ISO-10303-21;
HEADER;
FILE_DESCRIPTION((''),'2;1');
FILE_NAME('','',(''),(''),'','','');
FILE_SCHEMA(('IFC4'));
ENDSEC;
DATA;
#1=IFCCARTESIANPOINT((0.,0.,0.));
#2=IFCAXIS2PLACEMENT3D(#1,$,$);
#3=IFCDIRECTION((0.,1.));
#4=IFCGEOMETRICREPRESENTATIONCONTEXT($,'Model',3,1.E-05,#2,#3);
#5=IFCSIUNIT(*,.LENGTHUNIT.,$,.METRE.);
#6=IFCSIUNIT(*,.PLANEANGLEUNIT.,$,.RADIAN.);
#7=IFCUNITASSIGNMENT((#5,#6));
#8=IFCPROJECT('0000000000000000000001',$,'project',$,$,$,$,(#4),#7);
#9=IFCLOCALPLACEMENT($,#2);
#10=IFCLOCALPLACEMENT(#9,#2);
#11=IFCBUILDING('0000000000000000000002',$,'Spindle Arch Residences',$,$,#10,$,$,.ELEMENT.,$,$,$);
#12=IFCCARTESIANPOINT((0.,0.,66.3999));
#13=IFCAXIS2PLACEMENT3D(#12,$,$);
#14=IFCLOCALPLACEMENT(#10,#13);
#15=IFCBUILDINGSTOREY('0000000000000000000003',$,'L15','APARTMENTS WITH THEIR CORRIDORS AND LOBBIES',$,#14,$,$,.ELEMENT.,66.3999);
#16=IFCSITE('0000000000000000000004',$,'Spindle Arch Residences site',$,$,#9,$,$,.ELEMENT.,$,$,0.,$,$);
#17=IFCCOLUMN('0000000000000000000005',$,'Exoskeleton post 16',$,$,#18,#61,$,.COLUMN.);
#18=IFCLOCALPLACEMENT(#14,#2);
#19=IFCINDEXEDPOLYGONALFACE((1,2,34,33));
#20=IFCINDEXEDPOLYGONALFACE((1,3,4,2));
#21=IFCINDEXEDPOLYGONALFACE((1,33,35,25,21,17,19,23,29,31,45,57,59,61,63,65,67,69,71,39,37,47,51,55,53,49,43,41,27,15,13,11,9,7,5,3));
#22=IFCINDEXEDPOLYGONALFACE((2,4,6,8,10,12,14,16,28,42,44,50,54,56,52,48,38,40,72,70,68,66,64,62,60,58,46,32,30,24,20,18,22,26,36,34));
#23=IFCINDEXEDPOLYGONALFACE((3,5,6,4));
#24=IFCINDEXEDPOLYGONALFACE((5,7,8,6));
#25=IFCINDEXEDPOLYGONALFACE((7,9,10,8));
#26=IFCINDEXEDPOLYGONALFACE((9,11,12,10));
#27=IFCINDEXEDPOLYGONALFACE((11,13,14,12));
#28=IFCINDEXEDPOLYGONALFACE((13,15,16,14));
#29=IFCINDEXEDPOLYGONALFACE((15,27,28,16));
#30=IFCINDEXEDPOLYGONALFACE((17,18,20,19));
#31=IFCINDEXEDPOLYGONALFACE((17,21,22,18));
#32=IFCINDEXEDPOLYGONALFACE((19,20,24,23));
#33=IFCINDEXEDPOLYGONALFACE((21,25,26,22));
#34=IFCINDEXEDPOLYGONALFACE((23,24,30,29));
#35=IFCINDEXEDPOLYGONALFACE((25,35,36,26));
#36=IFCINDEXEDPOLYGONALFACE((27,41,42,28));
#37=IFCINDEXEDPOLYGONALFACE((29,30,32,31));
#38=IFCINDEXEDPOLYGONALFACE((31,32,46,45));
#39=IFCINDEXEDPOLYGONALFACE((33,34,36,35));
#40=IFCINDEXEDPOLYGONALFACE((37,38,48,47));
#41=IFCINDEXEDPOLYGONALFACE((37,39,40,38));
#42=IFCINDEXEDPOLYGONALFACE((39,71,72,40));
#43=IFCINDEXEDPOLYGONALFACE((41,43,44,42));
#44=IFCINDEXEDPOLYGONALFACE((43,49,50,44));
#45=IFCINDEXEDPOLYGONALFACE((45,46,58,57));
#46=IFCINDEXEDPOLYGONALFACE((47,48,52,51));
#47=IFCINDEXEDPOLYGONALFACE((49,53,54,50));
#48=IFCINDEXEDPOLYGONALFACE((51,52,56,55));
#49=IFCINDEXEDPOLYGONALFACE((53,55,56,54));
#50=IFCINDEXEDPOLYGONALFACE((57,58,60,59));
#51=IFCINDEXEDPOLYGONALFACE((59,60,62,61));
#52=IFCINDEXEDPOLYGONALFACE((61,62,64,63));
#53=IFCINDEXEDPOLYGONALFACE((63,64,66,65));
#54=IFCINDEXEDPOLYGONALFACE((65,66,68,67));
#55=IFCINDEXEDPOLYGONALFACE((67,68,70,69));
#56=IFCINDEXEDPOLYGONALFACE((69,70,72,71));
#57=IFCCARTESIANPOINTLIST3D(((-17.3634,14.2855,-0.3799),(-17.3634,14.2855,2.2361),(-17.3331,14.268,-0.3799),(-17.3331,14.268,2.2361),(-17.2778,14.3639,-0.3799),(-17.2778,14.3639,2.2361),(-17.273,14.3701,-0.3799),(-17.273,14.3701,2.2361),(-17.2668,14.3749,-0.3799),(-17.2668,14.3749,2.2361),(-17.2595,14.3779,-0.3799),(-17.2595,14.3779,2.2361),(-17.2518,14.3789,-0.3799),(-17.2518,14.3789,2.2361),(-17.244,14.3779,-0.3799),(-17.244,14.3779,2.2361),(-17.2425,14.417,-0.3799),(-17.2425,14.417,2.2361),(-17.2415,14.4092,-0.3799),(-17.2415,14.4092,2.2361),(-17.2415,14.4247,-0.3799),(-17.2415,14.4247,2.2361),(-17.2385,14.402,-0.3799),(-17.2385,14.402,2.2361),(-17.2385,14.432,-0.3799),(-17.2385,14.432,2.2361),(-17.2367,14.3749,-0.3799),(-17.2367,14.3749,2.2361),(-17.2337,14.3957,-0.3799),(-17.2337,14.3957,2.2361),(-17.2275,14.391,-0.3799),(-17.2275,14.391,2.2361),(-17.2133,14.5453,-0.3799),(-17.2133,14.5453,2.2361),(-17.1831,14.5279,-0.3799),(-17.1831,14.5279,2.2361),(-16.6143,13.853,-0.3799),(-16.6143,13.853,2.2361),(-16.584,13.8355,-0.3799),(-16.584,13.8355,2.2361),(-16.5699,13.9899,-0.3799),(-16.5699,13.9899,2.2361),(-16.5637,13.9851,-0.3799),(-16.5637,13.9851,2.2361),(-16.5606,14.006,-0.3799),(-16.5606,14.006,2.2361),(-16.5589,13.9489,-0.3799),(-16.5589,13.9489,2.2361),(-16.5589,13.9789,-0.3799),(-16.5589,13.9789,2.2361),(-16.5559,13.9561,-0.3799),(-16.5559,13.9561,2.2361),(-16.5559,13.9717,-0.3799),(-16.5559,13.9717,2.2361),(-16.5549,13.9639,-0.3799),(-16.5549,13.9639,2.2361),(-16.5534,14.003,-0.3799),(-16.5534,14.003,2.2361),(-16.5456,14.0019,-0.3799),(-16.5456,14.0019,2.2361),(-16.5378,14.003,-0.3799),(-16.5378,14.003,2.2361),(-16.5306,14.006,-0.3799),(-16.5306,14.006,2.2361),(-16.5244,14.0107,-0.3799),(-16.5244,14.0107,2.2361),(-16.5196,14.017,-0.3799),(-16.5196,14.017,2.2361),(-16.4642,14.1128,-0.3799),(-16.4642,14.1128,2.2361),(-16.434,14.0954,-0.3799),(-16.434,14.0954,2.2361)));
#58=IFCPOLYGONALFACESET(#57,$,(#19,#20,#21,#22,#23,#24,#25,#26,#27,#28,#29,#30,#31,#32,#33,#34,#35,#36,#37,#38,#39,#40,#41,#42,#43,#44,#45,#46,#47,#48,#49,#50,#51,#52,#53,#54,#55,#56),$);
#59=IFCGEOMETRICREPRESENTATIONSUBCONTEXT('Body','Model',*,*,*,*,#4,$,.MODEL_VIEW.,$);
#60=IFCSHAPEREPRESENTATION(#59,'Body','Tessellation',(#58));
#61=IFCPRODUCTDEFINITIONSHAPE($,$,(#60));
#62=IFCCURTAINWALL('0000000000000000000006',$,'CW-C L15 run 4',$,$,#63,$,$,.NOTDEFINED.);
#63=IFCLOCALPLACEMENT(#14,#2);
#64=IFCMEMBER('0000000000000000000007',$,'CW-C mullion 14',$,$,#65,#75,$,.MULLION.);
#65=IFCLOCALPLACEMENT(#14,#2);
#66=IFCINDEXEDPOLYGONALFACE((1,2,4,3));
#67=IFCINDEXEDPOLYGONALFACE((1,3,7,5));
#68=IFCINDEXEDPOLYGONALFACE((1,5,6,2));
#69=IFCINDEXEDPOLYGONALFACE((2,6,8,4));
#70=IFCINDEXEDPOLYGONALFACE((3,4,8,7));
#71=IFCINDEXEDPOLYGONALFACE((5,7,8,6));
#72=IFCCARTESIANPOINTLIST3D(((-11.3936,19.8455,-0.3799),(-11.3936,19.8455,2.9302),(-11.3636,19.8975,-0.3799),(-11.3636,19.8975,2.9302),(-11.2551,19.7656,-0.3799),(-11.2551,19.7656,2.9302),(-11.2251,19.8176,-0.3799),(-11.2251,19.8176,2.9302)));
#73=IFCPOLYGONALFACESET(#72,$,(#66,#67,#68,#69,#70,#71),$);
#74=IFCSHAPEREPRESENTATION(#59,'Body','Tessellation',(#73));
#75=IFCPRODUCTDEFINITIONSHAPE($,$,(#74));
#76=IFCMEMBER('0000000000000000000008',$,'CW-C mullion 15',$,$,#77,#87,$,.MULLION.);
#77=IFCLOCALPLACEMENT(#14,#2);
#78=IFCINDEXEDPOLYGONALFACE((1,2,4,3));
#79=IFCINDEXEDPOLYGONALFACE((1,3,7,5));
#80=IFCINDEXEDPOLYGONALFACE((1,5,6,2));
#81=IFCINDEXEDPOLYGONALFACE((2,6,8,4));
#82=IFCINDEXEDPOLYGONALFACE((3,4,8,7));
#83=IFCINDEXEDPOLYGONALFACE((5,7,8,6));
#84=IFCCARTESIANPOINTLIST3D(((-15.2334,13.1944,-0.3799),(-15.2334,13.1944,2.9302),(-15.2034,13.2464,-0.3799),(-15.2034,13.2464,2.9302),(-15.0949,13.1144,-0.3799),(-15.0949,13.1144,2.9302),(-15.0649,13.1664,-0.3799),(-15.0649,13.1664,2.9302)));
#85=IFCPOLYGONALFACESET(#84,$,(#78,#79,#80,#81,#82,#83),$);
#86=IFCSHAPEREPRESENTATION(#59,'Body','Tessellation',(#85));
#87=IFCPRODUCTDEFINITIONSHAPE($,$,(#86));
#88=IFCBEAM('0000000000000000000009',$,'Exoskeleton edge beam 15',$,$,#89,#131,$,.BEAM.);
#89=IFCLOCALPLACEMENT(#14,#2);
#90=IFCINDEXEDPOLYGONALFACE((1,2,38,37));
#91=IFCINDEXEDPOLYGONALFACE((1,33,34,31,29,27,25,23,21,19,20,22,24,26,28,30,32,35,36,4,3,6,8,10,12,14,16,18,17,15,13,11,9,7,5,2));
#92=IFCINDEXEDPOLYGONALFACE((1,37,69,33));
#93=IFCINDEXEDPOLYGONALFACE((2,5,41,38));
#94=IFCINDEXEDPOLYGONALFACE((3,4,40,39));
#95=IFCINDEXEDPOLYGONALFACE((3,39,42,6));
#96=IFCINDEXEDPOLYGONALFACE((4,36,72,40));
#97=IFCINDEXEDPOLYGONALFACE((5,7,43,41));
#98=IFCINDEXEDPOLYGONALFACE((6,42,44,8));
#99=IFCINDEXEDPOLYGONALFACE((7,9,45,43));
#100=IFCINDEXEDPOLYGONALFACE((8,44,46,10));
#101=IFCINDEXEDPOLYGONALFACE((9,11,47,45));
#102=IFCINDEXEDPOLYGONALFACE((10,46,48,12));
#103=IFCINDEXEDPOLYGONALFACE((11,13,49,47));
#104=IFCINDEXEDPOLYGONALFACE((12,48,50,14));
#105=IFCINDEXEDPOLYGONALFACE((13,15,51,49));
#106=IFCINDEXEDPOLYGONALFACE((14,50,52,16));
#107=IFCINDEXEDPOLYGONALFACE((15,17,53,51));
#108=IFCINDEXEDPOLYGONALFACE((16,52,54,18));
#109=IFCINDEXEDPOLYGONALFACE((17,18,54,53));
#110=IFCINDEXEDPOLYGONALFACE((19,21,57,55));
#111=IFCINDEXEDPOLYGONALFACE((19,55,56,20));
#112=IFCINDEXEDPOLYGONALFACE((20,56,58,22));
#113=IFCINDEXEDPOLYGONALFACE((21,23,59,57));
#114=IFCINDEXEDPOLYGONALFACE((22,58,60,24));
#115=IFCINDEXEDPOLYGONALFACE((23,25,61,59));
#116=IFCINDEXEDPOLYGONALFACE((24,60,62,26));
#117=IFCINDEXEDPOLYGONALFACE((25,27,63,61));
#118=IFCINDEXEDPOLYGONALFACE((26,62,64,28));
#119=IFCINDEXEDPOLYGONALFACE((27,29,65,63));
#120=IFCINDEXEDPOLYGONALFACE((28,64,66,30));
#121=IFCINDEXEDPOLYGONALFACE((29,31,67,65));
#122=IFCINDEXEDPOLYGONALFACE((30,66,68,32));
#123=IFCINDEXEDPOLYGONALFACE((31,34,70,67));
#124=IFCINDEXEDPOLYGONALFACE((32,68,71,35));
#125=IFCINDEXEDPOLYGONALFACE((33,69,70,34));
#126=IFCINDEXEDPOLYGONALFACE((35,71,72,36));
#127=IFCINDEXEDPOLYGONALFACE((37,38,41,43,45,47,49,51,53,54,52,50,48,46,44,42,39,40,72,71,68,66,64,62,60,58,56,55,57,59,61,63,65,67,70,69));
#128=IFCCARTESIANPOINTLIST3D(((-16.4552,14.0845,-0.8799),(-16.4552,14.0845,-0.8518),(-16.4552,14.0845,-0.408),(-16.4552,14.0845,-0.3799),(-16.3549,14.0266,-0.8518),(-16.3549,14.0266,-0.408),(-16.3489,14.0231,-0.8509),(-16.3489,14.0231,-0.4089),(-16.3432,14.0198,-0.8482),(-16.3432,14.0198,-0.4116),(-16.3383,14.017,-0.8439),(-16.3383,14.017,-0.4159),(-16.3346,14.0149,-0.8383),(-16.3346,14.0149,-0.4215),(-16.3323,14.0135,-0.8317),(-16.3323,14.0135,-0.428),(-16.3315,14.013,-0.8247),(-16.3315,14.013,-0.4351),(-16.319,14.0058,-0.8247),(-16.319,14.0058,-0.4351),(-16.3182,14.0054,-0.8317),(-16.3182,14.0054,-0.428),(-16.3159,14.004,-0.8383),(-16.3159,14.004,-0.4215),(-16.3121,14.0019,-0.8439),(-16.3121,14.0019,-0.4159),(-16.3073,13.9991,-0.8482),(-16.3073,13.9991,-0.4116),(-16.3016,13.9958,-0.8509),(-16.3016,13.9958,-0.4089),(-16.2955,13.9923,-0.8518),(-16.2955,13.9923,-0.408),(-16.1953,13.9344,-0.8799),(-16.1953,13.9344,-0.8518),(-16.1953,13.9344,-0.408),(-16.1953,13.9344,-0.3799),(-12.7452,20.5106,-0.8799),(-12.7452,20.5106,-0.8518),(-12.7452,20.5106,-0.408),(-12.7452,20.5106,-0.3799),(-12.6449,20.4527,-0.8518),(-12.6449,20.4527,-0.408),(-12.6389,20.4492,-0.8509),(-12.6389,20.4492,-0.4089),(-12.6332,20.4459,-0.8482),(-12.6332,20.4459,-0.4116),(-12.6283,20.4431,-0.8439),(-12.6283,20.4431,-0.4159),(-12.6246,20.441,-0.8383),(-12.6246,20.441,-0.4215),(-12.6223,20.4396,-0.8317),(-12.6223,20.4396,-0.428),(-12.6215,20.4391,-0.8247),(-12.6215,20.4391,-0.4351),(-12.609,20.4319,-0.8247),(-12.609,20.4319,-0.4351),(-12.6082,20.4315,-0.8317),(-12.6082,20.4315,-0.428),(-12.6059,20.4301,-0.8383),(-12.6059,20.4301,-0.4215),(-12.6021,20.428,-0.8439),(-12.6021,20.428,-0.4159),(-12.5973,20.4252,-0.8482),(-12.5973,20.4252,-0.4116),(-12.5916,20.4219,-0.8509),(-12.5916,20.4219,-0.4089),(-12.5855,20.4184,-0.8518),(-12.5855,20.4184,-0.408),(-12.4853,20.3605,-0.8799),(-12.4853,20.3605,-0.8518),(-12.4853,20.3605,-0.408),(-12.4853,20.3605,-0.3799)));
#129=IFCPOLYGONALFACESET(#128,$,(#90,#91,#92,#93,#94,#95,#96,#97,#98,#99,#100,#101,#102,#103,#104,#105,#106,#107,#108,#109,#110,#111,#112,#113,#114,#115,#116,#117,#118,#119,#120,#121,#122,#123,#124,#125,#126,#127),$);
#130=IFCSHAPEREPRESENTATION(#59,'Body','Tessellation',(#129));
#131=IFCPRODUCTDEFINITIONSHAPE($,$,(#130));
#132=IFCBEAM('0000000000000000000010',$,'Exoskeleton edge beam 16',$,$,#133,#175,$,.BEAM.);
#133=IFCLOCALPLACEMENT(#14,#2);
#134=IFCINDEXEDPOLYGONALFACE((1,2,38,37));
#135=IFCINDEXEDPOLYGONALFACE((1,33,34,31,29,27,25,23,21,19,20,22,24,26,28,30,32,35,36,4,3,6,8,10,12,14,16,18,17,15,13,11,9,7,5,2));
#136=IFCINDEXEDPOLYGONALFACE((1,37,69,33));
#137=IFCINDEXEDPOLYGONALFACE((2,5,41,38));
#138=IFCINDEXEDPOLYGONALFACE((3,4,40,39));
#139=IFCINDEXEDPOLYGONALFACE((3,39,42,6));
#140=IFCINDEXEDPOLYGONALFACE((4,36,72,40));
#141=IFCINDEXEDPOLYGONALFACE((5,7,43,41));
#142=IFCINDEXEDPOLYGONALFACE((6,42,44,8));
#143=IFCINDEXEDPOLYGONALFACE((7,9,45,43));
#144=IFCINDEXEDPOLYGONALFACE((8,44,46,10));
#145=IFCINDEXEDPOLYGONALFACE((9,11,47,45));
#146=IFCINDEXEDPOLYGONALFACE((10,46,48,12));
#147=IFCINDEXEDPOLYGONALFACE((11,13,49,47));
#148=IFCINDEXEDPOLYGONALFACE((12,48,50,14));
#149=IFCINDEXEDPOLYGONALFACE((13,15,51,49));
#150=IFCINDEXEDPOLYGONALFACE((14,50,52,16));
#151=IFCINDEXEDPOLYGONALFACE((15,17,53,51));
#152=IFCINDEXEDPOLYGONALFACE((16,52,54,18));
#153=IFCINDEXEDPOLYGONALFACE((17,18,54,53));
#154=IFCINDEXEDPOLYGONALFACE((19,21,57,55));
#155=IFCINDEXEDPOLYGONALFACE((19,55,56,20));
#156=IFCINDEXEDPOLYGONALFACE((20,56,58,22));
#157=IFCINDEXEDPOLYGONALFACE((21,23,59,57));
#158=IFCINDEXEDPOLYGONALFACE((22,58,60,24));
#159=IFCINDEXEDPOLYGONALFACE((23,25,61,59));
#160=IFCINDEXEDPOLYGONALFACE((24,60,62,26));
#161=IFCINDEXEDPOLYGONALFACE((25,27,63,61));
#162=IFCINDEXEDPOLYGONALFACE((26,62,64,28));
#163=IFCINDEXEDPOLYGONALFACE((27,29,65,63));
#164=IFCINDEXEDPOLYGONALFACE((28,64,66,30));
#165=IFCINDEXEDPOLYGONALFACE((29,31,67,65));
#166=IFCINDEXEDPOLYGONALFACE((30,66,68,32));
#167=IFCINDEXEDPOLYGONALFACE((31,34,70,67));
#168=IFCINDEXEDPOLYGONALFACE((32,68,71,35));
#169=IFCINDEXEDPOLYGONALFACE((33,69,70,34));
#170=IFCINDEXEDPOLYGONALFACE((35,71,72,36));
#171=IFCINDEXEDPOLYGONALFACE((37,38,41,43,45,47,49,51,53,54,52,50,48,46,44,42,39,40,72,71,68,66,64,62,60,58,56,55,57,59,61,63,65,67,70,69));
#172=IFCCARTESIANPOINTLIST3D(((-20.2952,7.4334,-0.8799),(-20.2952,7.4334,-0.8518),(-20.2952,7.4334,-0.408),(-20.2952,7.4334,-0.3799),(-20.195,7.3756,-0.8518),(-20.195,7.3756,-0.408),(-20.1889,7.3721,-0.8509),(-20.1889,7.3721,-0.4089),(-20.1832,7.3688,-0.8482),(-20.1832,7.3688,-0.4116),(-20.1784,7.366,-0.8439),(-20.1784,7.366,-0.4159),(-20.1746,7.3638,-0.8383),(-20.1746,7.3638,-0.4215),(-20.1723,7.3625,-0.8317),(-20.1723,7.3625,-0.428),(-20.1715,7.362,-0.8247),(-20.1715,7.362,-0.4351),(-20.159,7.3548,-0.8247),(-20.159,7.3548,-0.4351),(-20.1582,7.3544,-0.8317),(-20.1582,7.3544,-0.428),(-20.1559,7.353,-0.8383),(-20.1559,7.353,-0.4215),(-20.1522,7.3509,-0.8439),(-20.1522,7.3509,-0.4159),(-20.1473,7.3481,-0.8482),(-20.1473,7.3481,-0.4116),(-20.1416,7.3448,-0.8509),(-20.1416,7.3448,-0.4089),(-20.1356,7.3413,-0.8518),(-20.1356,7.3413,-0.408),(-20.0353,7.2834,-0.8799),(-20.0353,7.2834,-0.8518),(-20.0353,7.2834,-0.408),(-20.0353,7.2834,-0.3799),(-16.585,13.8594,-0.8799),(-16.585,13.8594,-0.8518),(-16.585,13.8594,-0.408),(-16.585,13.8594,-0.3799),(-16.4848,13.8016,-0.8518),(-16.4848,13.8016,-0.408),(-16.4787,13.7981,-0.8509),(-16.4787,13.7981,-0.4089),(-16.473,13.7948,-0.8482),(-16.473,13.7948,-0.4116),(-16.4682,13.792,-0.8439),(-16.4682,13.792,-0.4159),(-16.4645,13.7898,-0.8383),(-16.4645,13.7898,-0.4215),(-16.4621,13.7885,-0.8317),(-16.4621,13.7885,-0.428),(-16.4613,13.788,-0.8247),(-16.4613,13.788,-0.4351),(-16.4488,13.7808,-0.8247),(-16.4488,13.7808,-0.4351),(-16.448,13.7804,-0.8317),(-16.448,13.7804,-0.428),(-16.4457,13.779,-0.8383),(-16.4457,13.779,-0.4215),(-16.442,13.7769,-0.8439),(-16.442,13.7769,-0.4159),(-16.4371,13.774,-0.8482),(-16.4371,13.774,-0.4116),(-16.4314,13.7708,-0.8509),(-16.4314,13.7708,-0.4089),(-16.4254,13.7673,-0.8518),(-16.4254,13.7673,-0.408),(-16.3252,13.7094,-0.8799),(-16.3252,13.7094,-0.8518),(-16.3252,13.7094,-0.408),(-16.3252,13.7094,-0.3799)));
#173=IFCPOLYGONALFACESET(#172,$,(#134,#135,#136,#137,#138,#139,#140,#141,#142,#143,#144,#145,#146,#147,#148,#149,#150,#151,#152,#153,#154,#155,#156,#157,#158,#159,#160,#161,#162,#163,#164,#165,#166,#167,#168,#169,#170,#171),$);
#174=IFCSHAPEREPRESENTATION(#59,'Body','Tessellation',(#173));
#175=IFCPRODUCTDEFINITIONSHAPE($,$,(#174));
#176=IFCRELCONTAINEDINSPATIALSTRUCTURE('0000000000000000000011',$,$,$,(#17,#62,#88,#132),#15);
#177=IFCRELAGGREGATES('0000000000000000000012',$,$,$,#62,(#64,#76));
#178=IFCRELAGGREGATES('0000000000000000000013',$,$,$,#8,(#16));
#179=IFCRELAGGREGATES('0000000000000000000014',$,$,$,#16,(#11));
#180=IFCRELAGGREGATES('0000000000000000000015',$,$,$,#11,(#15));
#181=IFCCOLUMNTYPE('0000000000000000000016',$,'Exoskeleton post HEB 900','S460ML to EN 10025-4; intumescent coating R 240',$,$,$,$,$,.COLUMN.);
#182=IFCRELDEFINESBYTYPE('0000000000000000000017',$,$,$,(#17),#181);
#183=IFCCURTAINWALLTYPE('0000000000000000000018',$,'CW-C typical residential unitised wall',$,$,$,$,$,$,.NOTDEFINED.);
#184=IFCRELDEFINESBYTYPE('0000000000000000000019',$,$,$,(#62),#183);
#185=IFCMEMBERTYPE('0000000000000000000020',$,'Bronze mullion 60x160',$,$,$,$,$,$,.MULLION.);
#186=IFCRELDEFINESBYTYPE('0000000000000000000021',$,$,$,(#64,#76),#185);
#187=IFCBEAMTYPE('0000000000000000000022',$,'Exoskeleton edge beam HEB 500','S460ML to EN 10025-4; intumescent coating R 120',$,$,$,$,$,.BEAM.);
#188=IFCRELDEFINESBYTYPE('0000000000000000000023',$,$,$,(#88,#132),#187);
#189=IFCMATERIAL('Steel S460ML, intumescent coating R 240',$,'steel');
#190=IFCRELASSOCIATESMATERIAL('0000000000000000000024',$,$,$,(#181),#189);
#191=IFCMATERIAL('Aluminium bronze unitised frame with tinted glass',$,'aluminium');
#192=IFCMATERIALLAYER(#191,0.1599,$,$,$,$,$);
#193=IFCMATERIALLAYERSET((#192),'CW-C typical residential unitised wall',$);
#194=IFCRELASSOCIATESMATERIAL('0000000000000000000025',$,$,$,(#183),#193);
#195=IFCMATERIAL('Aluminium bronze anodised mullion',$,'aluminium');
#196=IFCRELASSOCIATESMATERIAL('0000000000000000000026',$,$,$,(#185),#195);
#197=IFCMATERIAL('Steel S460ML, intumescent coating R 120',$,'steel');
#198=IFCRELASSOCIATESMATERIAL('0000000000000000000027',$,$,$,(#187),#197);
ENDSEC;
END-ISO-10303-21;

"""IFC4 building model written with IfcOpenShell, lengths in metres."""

from ifc_helpers import new_model, si_unit, direction, frame, origin, origin_2d, place, context, subcontext, project, spatial, rectangle, i_section, extrude, material, layer, layer_set, material_profile, profile_set, type_object, element, aggregate, save


model = new_model("IFC4")

# Units and contexts
model_context = context("Model", 3, precision=1e-05, world=origin(), true_north=direction((0.0, 1.0)))
body_context = subcontext(model_context, "Body", "Model", "MODEL_VIEW")
ifc_project = project(units=[si_unit("LENGTHUNIT", "METRE"), si_unit("PLANEANGLEUNIT", "RADIAN")], contexts=[model_context])

# Site, building, storey
site_placement = place(None, origin())
site = spatial("IfcSite", under=ifc_project, at=site_placement, Name="Spindle Arch Residences site", CompositionType="ELEMENT", RefElevation=0.0)
building_placement = place(site_placement, origin())
building = spatial("IfcBuilding", under=site, at=building_placement, Name="Spindle Arch Residences", CompositionType="ELEMENT")
storey_placement = place(building_placement, frame((0.0, 0.0, 66.3999)))
storey = spatial("IfcBuildingStorey", under=building, at=storey_placement, Name="L15", Description="APARTMENTS WITH THEIR CORRIDORS AND LOBBIES", CompositionType="ELEMENT", Elevation=66.3999)

# Column
ifc_material_1 = material(Name="Steel S460ML, intumescent coating R 240", Category="steel")
ifc_material_profile_1 = material_profile(ifc_material_1, i_section(OverallWidth=0.3, OverallDepth=0.8999, WebThickness=0.0186, FlangeThickness=0.0349, FilletRadius=0.03, at=origin_2d()), Name="HEB 900")
ifc_profile_set_1 = profile_set([ifc_material_profile_1], Name="Steel S460ML, intumescent coating R 240")
column_type = type_object("IfcColumnType", Name="Exoskeleton post HEB 900", Description="S460ML to EN 10025-4; intumescent coating R 240", PredefinedType="COLUMN", material=ifc_profile_set_1)
column_placement = place(storey_placement, frame((-16.8987, 14.1904, -0.3799), z_axis=(0.0, 0.0, 1.0), x_axis=(0.5, 0.866025, 0.0)))
element("IfcColumn", 1, at=column_placement, inside=storey, type_object=column_type, Name="Exoskeleton post 16", PredefinedType="COLUMN", context=body_context, shape_type="SweptSolid", body=[
    extrude(i_section(OverallWidth=0.3, OverallDepth=0.8999, WebThickness=0.0186, FlangeThickness=0.0349, FilletRadius=0.03, at=origin_2d()), origin(), (0.0, 0.0, 1.0), 2.616),
])

# Curtain wall, members
ifc_material_2 = material(Name="Aluminium bronze unitised frame with tinted glass", Category="aluminium")
ifc_layer_1 = layer(ifc_material_2, 0.1599)
ifc_layer_set_1 = layer_set([ifc_layer_1], Name="CW-C typical residential unitised wall")
curtain_wall_type = type_object("IfcCurtainWallType", Name="CW-C typical residential unitised wall", PredefinedType="NOTDEFINED", material=ifc_layer_set_1)
curtain_wall_placement = place(storey_placement, origin())
curtain_wall = element("IfcCurtainWall", 2, at=curtain_wall_placement, inside=storey, type_object=curtain_wall_type, Name="CW-C L15 run 4", PredefinedType="NOTDEFINED")
ifc_material_3 = material(Name="Aluminium bronze anodised mullion", Category="aluminium")
ifc_material_profile_2 = material_profile(ifc_material_3, rectangle(XDim=0.1599, YDim=0.0601, at=origin_2d()), Name="MU 60x160")
ifc_profile_set_2 = profile_set([ifc_material_profile_2], Name="Aluminium bronze anodised mullion")
member_type = type_object("IfcMemberType", Name="Bronze mullion 60x160", PredefinedType="MULLION", material=ifc_profile_set_2)
member_1_placement = place(storey_placement, frame((-11.3093, 19.8315, -0.3799), z_axis=(0.0, 0.0, 1.0), x_axis=(0.866025, -0.5, 0.0)))
member_1 = element("IfcMember", 3, at=member_1_placement, type_object=member_type, Name="CW-C mullion 14", PredefinedType="MULLION", context=body_context, shape_type="SweptSolid", body=[
    extrude(rectangle(XDim=0.1599, YDim=0.0601, at=origin_2d()), origin(), (0.0, 0.0, 1.0), 3.3101),
])
member_2_placement = place(storey_placement, frame((-15.1492, 13.1804, -0.3799), z_axis=(0.0, 0.0, 1.0), x_axis=(0.866025, -0.5, 0.0)))
member_2 = element("IfcMember", 4, at=member_2_placement, type_object=member_type, Name="CW-C mullion 15", PredefinedType="MULLION", context=body_context, shape_type="SweptSolid", body=[
    extrude(rectangle(XDim=0.1599, YDim=0.0601, at=origin_2d()), origin(), (0.0, 0.0, 1.0), 3.3101),
])

# Beams
ifc_material_4 = material(Name="Steel S460ML, intumescent coating R 120", Category="steel")
ifc_material_profile_3 = material_profile(ifc_material_4, i_section(OverallWidth=0.3, OverallDepth=0.5, WebThickness=0.0144, FlangeThickness=0.0281, FilletRadius=0.0271, at=origin_2d()), Name="HEB 500")
ifc_profile_set_3 = profile_set([ifc_material_profile_3], Name="Steel S460ML, intumescent coating R 120")
beam_type_1 = type_object("IfcBeamType", Name="Exoskeleton edge beam HEB 500", Description="S460ML to EN 10025-4; intumescent coating R 120", PredefinedType="BEAM", material=ifc_profile_set_3)
for number, where, z_axis, x_axis, name in (
    (5, (-12.6152, 20.4355, -0.6299), (-0.499989, -0.866032, 0.0), (0.866032, -0.499989, 0.0), "Exoskeleton edge beam 15"),
    (6, (-16.4551, 13.7844, -0.6299), (-0.500014, -0.866017, 0.0), (0.866017, -0.500014, 0.0), "Exoskeleton edge beam 16"),
):
    element("IfcBeam", number, at=place(storey_placement, frame(where, z_axis=z_axis, x_axis=x_axis)), inside=storey, type_object=beam_type_1, Name=name, PredefinedType="BEAM", context=body_context, shape_type="SweptSolid", body=[
        extrude(i_section(OverallWidth=0.3, OverallDepth=0.5, WebThickness=0.0144, FlangeThickness=0.0281, FilletRadius=0.0271, at=origin_2d()), origin(), (0.0, 0.0, 1.0), 7.4202),
    ])

aggregate(curtain_wall, [member_1, member_2])

save(model, "model.ifc")
